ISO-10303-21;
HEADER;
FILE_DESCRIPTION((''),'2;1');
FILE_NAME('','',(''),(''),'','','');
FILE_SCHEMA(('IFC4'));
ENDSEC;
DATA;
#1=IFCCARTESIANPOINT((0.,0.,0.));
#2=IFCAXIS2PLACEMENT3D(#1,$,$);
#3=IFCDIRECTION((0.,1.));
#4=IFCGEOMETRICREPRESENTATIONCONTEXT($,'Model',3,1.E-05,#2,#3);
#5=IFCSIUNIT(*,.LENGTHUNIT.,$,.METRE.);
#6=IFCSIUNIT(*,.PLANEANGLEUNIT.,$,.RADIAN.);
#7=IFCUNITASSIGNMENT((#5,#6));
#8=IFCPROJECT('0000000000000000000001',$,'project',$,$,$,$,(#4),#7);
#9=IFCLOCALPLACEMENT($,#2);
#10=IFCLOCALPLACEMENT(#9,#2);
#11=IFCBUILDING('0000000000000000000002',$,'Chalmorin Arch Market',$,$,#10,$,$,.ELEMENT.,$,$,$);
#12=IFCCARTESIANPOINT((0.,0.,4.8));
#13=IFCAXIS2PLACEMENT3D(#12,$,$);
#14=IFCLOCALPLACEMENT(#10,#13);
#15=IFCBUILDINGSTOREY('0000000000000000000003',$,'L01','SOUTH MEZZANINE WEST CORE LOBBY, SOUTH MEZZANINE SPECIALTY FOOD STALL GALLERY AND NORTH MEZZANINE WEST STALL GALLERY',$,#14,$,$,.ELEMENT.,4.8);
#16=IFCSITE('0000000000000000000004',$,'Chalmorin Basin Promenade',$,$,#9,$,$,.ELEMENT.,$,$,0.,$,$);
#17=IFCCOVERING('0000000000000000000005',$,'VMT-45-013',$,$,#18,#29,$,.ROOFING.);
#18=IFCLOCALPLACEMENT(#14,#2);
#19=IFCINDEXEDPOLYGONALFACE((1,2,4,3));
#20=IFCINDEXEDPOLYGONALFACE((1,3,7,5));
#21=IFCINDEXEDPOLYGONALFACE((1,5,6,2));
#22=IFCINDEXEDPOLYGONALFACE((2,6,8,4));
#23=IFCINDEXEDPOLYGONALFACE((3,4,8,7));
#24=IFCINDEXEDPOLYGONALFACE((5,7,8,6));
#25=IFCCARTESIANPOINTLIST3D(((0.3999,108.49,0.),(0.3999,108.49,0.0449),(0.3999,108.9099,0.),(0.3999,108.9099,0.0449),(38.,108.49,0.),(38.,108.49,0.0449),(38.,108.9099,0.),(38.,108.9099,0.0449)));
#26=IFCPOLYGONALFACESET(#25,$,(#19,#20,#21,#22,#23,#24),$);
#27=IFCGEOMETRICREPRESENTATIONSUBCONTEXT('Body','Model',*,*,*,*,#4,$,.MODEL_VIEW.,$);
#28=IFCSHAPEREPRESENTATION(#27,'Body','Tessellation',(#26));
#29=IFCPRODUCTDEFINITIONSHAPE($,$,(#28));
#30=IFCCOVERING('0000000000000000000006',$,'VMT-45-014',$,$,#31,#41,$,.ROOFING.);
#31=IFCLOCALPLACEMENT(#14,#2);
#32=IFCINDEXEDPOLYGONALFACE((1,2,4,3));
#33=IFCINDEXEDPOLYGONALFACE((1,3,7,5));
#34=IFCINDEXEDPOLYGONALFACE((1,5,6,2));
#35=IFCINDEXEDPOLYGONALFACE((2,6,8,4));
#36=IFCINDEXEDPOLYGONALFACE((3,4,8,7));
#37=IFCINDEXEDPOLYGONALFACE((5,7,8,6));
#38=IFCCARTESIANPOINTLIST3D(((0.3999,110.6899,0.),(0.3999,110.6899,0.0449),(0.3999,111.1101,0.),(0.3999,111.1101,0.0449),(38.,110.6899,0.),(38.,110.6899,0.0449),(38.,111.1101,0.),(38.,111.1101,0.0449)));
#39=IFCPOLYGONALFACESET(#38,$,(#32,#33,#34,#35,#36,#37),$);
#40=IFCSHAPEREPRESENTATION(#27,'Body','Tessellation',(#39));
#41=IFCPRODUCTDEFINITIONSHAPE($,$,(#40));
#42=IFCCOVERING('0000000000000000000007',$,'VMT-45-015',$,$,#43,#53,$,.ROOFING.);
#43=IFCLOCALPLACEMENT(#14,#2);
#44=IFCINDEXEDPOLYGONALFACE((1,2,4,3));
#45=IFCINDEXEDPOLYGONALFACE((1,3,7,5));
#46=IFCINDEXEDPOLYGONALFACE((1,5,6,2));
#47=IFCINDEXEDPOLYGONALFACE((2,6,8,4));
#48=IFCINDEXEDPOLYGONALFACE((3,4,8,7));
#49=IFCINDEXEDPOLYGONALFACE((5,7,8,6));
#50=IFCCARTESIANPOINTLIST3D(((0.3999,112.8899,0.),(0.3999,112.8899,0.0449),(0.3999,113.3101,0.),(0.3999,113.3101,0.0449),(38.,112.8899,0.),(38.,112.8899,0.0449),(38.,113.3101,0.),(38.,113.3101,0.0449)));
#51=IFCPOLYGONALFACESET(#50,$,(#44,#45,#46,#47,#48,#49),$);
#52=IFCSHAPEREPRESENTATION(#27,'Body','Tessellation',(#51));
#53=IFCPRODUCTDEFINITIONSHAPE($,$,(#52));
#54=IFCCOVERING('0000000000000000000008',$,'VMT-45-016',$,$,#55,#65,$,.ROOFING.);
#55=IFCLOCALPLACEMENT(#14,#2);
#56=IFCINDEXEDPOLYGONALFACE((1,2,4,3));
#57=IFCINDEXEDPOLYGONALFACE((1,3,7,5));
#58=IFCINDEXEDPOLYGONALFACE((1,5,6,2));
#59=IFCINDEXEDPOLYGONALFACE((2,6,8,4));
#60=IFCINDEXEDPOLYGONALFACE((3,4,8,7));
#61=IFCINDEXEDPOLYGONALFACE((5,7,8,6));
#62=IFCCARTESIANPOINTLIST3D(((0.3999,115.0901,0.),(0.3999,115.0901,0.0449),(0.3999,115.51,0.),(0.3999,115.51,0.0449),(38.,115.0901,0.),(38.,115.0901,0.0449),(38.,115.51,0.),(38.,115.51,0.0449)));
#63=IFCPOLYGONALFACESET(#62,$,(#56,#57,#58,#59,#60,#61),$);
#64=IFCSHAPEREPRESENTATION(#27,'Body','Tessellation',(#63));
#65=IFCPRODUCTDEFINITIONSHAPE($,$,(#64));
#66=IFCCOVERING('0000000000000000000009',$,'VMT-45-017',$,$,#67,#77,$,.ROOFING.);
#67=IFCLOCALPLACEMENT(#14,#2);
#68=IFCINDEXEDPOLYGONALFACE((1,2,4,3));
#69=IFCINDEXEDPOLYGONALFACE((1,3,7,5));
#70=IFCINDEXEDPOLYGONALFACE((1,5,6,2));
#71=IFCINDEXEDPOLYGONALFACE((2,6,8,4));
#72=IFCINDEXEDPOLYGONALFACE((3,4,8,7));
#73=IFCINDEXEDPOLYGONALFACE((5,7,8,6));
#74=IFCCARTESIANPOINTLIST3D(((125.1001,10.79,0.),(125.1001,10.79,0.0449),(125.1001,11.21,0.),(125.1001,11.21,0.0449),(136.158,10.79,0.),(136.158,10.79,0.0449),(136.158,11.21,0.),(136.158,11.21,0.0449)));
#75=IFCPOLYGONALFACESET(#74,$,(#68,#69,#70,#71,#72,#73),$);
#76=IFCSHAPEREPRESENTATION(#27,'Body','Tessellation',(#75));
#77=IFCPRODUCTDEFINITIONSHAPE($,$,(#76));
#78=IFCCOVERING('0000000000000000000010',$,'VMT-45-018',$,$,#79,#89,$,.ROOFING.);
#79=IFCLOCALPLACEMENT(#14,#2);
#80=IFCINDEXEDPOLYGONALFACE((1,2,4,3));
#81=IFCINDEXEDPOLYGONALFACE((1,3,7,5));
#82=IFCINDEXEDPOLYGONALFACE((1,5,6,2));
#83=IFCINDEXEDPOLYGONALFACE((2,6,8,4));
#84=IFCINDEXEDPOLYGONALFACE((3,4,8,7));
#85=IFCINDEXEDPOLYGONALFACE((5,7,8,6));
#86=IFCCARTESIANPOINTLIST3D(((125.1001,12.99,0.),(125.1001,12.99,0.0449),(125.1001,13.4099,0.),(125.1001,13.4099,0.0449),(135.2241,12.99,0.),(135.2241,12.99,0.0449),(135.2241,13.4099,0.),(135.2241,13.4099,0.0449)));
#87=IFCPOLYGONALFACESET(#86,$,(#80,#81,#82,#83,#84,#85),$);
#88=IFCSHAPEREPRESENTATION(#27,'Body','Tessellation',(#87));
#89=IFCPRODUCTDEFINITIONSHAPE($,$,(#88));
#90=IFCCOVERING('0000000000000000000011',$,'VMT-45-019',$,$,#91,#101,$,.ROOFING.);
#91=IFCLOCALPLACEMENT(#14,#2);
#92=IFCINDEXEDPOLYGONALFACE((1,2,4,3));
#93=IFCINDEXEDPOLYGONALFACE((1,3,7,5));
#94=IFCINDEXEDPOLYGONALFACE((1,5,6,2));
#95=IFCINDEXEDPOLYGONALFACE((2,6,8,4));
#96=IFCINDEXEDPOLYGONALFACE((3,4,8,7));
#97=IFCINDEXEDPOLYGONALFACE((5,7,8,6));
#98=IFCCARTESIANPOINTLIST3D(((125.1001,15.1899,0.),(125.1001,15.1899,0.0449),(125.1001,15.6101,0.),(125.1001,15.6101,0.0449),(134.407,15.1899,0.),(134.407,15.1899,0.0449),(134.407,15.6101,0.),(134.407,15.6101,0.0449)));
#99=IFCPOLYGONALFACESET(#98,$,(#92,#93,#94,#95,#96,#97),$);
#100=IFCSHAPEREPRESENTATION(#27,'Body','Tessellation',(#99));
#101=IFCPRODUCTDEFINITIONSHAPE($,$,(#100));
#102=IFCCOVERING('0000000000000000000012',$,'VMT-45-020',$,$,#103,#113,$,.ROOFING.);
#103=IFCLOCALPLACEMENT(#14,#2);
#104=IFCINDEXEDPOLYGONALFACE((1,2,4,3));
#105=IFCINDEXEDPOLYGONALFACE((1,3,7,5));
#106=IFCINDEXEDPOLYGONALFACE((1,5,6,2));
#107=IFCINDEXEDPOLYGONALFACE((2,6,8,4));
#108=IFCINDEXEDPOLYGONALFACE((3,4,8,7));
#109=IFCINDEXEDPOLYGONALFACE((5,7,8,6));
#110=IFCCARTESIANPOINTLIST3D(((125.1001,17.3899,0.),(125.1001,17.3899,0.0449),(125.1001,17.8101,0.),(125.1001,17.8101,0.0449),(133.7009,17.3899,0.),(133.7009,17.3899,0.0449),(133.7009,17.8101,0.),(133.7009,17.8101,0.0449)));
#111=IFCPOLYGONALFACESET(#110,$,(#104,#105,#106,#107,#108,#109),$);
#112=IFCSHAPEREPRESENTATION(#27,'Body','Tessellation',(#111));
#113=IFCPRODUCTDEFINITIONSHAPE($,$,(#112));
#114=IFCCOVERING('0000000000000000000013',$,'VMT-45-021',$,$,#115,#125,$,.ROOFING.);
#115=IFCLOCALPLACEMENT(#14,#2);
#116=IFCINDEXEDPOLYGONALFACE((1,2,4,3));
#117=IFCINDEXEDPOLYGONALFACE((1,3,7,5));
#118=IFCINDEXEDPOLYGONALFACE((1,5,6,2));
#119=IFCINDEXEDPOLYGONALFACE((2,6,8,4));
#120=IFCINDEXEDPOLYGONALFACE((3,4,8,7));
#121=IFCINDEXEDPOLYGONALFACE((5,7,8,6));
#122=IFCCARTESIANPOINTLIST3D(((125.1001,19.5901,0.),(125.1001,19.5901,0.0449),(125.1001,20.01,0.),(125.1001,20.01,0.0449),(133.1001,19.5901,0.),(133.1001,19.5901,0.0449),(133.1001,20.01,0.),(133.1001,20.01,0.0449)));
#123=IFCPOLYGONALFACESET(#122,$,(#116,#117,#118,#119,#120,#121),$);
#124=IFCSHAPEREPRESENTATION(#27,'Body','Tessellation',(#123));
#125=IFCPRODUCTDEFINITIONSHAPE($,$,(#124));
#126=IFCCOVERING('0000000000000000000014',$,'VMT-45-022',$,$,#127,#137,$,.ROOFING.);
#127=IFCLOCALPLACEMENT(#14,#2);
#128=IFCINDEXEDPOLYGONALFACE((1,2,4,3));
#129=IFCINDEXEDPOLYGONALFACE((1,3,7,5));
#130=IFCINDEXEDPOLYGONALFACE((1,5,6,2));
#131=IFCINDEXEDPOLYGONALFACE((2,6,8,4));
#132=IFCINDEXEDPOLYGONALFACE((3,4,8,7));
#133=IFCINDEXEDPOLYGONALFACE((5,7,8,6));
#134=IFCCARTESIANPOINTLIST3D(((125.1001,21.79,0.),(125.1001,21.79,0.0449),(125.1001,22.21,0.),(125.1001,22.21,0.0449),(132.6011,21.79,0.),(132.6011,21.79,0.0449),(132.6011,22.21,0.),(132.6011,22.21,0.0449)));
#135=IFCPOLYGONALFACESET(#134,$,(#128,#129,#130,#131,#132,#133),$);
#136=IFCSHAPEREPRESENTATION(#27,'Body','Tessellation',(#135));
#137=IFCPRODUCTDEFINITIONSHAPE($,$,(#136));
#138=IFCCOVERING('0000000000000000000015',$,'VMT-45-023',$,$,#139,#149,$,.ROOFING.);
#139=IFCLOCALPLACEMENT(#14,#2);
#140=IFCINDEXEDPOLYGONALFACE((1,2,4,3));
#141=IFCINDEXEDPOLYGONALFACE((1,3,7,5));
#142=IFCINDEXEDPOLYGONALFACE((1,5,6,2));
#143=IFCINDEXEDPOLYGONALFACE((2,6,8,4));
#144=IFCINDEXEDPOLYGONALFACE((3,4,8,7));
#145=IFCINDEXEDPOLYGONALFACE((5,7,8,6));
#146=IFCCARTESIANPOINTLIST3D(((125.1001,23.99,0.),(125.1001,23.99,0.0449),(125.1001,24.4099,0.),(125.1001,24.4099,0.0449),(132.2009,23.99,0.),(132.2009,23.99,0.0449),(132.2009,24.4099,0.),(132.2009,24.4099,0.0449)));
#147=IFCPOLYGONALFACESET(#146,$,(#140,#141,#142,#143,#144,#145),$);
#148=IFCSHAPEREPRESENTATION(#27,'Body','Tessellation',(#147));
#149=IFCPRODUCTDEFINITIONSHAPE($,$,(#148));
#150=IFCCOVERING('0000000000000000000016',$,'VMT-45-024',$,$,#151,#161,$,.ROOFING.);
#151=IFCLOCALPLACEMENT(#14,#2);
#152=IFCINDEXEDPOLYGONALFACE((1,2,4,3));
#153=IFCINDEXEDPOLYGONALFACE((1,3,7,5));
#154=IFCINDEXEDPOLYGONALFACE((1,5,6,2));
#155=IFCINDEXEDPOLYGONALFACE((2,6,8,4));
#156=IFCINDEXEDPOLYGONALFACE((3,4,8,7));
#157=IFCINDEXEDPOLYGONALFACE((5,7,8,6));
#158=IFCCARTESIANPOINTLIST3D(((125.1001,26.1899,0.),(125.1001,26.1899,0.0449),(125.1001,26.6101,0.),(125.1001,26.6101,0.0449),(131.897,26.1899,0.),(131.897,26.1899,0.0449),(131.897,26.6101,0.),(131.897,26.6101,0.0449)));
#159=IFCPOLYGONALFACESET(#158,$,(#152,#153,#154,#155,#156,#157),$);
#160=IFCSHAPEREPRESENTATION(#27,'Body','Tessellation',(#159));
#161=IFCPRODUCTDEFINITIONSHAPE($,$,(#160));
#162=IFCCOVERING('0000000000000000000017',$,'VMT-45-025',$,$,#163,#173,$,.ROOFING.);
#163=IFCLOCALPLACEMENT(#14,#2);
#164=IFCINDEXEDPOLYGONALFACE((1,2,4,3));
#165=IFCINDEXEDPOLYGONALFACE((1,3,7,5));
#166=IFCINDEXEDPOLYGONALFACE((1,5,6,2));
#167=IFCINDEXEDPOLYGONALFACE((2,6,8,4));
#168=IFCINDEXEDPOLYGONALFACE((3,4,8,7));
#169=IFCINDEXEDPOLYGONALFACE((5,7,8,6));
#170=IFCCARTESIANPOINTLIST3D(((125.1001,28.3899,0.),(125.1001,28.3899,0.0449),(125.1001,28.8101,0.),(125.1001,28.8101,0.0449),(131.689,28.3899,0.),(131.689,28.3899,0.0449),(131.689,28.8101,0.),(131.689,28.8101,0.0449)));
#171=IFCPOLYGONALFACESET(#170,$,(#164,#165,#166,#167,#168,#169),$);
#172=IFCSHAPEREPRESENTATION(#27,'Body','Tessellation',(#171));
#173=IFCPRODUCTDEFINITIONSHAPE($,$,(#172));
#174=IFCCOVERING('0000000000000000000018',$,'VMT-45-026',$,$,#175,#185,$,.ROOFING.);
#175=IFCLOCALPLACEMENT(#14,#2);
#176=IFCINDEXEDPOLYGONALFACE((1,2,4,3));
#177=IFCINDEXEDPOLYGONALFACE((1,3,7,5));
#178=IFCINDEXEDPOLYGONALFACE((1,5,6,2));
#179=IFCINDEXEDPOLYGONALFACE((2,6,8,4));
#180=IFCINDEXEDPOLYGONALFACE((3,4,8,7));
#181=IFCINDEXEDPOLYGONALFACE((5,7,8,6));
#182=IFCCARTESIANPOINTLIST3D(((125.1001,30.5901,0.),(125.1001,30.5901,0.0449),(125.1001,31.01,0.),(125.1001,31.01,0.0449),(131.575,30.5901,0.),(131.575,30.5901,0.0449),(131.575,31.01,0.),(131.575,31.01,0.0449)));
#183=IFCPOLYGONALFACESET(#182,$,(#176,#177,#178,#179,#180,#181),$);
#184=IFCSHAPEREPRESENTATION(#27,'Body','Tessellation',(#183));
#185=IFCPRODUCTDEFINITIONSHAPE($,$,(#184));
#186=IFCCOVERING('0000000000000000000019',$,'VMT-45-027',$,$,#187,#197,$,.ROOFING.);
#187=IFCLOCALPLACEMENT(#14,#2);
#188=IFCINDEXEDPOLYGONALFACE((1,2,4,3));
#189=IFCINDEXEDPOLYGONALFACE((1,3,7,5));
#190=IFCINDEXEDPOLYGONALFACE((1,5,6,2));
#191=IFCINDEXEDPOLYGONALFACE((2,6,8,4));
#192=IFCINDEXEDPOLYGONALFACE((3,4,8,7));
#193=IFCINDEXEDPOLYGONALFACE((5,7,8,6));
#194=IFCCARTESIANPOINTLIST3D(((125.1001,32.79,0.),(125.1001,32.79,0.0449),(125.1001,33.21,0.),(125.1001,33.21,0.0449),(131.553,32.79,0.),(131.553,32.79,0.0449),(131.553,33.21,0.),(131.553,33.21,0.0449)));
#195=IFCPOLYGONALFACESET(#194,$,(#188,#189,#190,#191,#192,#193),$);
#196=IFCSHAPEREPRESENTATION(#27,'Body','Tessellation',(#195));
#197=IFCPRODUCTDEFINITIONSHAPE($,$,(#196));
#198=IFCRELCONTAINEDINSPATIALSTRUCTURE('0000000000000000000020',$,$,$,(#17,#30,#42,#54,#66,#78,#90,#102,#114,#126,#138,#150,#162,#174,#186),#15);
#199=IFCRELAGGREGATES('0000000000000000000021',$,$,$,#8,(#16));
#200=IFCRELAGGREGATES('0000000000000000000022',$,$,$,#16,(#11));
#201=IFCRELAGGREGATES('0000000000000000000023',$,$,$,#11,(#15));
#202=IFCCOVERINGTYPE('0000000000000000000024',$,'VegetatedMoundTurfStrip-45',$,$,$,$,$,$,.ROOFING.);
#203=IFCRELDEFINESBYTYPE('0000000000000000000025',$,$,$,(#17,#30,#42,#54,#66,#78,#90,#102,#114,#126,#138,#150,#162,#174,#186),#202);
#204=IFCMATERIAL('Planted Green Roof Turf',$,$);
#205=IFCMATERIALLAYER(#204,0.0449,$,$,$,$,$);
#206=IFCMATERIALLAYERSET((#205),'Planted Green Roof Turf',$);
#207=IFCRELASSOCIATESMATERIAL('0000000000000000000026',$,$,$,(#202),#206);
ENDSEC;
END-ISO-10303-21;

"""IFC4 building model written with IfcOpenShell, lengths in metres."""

from ifc_helpers import new_model, si_unit, direction, frame, origin, place, context, subcontext, project, spatial, polyline, outline, extrude, material, layer, layer_set, type_object, element, save


model = new_model("IFC4")

# Units and contexts
model_context = context("Model", 3, precision=1e-05, world=origin(), true_north=direction((0.0, 1.0)))
body_context = subcontext(model_context, "Body", "Model", "MODEL_VIEW")
ifc_project = project(units=[si_unit("LENGTHUNIT", "METRE"), si_unit("PLANEANGLEUNIT", "RADIAN")], contexts=[model_context])

# Site, building, storey
site_placement = place(None, origin())
site = spatial("IfcSite", under=ifc_project, at=site_placement, Name="Chalmorin Basin Promenade", CompositionType="ELEMENT", RefElevation=0.0)
building_placement = place(site_placement, origin())
building = spatial("IfcBuilding", under=site, at=building_placement, Name="Chalmorin Arch Market", CompositionType="ELEMENT")
storey_placement = place(building_placement, frame((0.0, 0.0, 4.8)))
storey = spatial("IfcBuildingStorey", under=building, at=storey_placement, Name="L01", Description="SOUTH MEZZANINE WEST CORE LOBBY, SOUTH MEZZANINE SPECIALTY FOOD STALL GALLERY AND NORTH MEZZANINE WEST STALL GALLERY", CompositionType="ELEMENT", Elevation=4.8)

# Coverings
ifc_material = material(Name="Planted Green Roof Turf")
ifc_layer = layer(ifc_material, 0.0449)
ifc_layer_set = layer_set([ifc_layer], Name="Planted Green Roof Turf")
covering_type = type_object("IfcCoveringType", Name="VegetatedMoundTurfStrip-45", PredefinedType="ROOFING", material=ifc_layer_set)
covering_1_placement = place(storey_placement, origin())
element("IfcCovering", 1, at=covering_1_placement, inside=storey, type_object=covering_type, Name="VMT-45-013", PredefinedType="ROOFING", context=body_context, shape_type="SweptSolid", body=[
    extrude(outline(polyline([(0.3999, 108.49), (38.0, 108.49), (38.0, 108.9099), (0.3999, 108.9099), (0.3999, 108.49)])), origin(), (0.0, 0.0, 1.0), 0.0449),
])
covering_2_placement = place(storey_placement, origin())
element("IfcCovering", 2, at=covering_2_placement, inside=storey, type_object=covering_type, Name="VMT-45-014", PredefinedType="ROOFING", context=body_context, shape_type="SweptSolid", body=[
    extrude(outline(polyline([(0.3999, 110.6899), (38.0, 110.6899), (38.0, 111.1101), (0.3999, 111.1101), (0.3999, 110.6899)])), origin(), (0.0, 0.0, 1.0), 0.0449),
])
covering_3_placement = place(storey_placement, origin())
element("IfcCovering", 3, at=covering_3_placement, inside=storey, type_object=covering_type, Name="VMT-45-015", PredefinedType="ROOFING", context=body_context, shape_type="SweptSolid", body=[
    extrude(outline(polyline([(0.3999, 112.8899), (38.0, 112.8899), (38.0, 113.3101), (0.3999, 113.3101), (0.3999, 112.8899)])), origin(), (0.0, 0.0, 1.0), 0.0449),
])
covering_4_placement = place(storey_placement, origin())
element("IfcCovering", 4, at=covering_4_placement, inside=storey, type_object=covering_type, Name="VMT-45-016", PredefinedType="ROOFING", context=body_context, shape_type="SweptSolid", body=[
    extrude(outline(polyline([(0.3999, 115.0901), (38.0, 115.0901), (38.0, 115.51), (0.3999, 115.51), (0.3999, 115.0901)])), origin(), (0.0, 0.0, 1.0), 0.0449),
])
covering_5_placement = place(storey_placement, origin())
element("IfcCovering", 5, at=covering_5_placement, inside=storey, type_object=covering_type, Name="VMT-45-017", PredefinedType="ROOFING", context=body_context, shape_type="SweptSolid", body=[
    extrude(outline(polyline([(125.1001, 10.79), (136.158, 10.79), (136.158, 11.21), (125.1001, 11.21), (125.1001, 10.79)])), origin(), (0.0, 0.0, 1.0), 0.0449),
])
covering_6_placement = place(storey_placement, origin())
element("IfcCovering", 6, at=covering_6_placement, inside=storey, type_object=covering_type, Name="VMT-45-018", PredefinedType="ROOFING", context=body_context, shape_type="SweptSolid", body=[
    extrude(outline(polyline([(125.1001, 12.99), (135.2241, 12.99), (135.2241, 13.4099), (125.1001, 13.4099), (125.1001, 12.99)])), origin(), (0.0, 0.0, 1.0), 0.0449),
])
covering_7_placement = place(storey_placement, origin())
element("IfcCovering", 7, at=covering_7_placement, inside=storey, type_object=covering_type, Name="VMT-45-019", PredefinedType="ROOFING", context=body_context, shape_type="SweptSolid", body=[
    extrude(outline(polyline([(125.1001, 15.1899), (134.407, 15.1899), (134.407, 15.6101), (125.1001, 15.6101), (125.1001, 15.1899)])), origin(), (0.0, 0.0, 1.0), 0.0449),
])
covering_8_placement = place(storey_placement, origin())
element("IfcCovering", 8, at=covering_8_placement, inside=storey, type_object=covering_type, Name="VMT-45-020", PredefinedType="ROOFING", context=body_context, shape_type="SweptSolid", body=[
    extrude(outline(polyline([(125.1001, 17.3899), (133.7009, 17.3899), (133.7009, 17.8101), (125.1001, 17.8101), (125.1001, 17.3899)])), origin(), (0.0, 0.0, 1.0), 0.0449),
])
covering_9_placement = place(storey_placement, origin())
element("IfcCovering", 9, at=covering_9_placement, inside=storey, type_object=covering_type, Name="VMT-45-021", PredefinedType="ROOFING", context=body_context, shape_type="SweptSolid", body=[
    extrude(outline(polyline([(125.1001, 19.5901), (133.1001, 19.5901), (133.1001, 20.01), (125.1001, 20.01), (125.1001, 19.5901)])), origin(), (0.0, 0.0, 1.0), 0.0449),
])
covering_10_placement = place(storey_placement, origin())
element("IfcCovering", 10, at=covering_10_placement, inside=storey, type_object=covering_type, Name="VMT-45-022", PredefinedType="ROOFING", context=body_context, shape_type="SweptSolid", body=[
    extrude(outline(polyline([(125.1001, 21.79), (132.6011, 21.79), (132.6011, 22.21), (125.1001, 22.21), (125.1001, 21.79)])), origin(), (0.0, 0.0, 1.0), 0.0449),
])
covering_11_placement = place(storey_placement, origin())
element("IfcCovering", 11, at=covering_11_placement, inside=storey, type_object=covering_type, Name="VMT-45-023", PredefinedType="ROOFING", context=body_context, shape_type="SweptSolid", body=[
    extrude(outline(polyline([(125.1001, 23.99), (132.2009, 23.99), (132.2009, 24.4099), (125.1001, 24.4099), (125.1001, 23.99)])), origin(), (0.0, 0.0, 1.0), 0.0449),
])
covering_12_placement = place(storey_placement, origin())
element("IfcCovering", 12, at=covering_12_placement, inside=storey, type_object=covering_type, Name="VMT-45-024", PredefinedType="ROOFING", context=body_context, shape_type="SweptSolid", body=[
    extrude(outline(polyline([(125.1001, 26.1899), (131.897, 26.1899), (131.897, 26.6101), (125.1001, 26.6101), (125.1001, 26.1899)])), origin(), (0.0, 0.0, 1.0), 0.0449),
])
covering_13_placement = place(storey_placement, origin())
element("IfcCovering", 13, at=covering_13_placement, inside=storey, type_object=covering_type, Name="VMT-45-025", PredefinedType="ROOFING", context=body_context, shape_type="SweptSolid", body=[
    extrude(outline(polyline([(125.1001, 28.3899), (131.689, 28.3899), (131.689, 28.8101), (125.1001, 28.8101), (125.1001, 28.3899)])), origin(), (0.0, 0.0, 1.0), 0.0449),
])
covering_14_placement = place(storey_placement, origin())
element("IfcCovering", 14, at=covering_14_placement, inside=storey, type_object=covering_type, Name="VMT-45-026", PredefinedType="ROOFING", context=body_context, shape_type="SweptSolid", body=[
    extrude(outline(polyline([(125.1001, 30.5901), (131.575, 30.5901), (131.575, 31.01), (125.1001, 31.01), (125.1001, 30.5901)])), origin(), (0.0, 0.0, 1.0), 0.0449),
])
covering_15_placement = place(storey_placement, origin())
element("IfcCovering", 15, at=covering_15_placement, inside=storey, type_object=covering_type, Name="VMT-45-027", PredefinedType="ROOFING", context=body_context, shape_type="SweptSolid", body=[
    extrude(outline(polyline([(125.1001, 32.79), (131.553, 32.79), (131.553, 33.21), (125.1001, 33.21), (125.1001, 32.79)])), origin(), (0.0, 0.0, 1.0), 0.0449),
])

save(model, "model.ifc")
